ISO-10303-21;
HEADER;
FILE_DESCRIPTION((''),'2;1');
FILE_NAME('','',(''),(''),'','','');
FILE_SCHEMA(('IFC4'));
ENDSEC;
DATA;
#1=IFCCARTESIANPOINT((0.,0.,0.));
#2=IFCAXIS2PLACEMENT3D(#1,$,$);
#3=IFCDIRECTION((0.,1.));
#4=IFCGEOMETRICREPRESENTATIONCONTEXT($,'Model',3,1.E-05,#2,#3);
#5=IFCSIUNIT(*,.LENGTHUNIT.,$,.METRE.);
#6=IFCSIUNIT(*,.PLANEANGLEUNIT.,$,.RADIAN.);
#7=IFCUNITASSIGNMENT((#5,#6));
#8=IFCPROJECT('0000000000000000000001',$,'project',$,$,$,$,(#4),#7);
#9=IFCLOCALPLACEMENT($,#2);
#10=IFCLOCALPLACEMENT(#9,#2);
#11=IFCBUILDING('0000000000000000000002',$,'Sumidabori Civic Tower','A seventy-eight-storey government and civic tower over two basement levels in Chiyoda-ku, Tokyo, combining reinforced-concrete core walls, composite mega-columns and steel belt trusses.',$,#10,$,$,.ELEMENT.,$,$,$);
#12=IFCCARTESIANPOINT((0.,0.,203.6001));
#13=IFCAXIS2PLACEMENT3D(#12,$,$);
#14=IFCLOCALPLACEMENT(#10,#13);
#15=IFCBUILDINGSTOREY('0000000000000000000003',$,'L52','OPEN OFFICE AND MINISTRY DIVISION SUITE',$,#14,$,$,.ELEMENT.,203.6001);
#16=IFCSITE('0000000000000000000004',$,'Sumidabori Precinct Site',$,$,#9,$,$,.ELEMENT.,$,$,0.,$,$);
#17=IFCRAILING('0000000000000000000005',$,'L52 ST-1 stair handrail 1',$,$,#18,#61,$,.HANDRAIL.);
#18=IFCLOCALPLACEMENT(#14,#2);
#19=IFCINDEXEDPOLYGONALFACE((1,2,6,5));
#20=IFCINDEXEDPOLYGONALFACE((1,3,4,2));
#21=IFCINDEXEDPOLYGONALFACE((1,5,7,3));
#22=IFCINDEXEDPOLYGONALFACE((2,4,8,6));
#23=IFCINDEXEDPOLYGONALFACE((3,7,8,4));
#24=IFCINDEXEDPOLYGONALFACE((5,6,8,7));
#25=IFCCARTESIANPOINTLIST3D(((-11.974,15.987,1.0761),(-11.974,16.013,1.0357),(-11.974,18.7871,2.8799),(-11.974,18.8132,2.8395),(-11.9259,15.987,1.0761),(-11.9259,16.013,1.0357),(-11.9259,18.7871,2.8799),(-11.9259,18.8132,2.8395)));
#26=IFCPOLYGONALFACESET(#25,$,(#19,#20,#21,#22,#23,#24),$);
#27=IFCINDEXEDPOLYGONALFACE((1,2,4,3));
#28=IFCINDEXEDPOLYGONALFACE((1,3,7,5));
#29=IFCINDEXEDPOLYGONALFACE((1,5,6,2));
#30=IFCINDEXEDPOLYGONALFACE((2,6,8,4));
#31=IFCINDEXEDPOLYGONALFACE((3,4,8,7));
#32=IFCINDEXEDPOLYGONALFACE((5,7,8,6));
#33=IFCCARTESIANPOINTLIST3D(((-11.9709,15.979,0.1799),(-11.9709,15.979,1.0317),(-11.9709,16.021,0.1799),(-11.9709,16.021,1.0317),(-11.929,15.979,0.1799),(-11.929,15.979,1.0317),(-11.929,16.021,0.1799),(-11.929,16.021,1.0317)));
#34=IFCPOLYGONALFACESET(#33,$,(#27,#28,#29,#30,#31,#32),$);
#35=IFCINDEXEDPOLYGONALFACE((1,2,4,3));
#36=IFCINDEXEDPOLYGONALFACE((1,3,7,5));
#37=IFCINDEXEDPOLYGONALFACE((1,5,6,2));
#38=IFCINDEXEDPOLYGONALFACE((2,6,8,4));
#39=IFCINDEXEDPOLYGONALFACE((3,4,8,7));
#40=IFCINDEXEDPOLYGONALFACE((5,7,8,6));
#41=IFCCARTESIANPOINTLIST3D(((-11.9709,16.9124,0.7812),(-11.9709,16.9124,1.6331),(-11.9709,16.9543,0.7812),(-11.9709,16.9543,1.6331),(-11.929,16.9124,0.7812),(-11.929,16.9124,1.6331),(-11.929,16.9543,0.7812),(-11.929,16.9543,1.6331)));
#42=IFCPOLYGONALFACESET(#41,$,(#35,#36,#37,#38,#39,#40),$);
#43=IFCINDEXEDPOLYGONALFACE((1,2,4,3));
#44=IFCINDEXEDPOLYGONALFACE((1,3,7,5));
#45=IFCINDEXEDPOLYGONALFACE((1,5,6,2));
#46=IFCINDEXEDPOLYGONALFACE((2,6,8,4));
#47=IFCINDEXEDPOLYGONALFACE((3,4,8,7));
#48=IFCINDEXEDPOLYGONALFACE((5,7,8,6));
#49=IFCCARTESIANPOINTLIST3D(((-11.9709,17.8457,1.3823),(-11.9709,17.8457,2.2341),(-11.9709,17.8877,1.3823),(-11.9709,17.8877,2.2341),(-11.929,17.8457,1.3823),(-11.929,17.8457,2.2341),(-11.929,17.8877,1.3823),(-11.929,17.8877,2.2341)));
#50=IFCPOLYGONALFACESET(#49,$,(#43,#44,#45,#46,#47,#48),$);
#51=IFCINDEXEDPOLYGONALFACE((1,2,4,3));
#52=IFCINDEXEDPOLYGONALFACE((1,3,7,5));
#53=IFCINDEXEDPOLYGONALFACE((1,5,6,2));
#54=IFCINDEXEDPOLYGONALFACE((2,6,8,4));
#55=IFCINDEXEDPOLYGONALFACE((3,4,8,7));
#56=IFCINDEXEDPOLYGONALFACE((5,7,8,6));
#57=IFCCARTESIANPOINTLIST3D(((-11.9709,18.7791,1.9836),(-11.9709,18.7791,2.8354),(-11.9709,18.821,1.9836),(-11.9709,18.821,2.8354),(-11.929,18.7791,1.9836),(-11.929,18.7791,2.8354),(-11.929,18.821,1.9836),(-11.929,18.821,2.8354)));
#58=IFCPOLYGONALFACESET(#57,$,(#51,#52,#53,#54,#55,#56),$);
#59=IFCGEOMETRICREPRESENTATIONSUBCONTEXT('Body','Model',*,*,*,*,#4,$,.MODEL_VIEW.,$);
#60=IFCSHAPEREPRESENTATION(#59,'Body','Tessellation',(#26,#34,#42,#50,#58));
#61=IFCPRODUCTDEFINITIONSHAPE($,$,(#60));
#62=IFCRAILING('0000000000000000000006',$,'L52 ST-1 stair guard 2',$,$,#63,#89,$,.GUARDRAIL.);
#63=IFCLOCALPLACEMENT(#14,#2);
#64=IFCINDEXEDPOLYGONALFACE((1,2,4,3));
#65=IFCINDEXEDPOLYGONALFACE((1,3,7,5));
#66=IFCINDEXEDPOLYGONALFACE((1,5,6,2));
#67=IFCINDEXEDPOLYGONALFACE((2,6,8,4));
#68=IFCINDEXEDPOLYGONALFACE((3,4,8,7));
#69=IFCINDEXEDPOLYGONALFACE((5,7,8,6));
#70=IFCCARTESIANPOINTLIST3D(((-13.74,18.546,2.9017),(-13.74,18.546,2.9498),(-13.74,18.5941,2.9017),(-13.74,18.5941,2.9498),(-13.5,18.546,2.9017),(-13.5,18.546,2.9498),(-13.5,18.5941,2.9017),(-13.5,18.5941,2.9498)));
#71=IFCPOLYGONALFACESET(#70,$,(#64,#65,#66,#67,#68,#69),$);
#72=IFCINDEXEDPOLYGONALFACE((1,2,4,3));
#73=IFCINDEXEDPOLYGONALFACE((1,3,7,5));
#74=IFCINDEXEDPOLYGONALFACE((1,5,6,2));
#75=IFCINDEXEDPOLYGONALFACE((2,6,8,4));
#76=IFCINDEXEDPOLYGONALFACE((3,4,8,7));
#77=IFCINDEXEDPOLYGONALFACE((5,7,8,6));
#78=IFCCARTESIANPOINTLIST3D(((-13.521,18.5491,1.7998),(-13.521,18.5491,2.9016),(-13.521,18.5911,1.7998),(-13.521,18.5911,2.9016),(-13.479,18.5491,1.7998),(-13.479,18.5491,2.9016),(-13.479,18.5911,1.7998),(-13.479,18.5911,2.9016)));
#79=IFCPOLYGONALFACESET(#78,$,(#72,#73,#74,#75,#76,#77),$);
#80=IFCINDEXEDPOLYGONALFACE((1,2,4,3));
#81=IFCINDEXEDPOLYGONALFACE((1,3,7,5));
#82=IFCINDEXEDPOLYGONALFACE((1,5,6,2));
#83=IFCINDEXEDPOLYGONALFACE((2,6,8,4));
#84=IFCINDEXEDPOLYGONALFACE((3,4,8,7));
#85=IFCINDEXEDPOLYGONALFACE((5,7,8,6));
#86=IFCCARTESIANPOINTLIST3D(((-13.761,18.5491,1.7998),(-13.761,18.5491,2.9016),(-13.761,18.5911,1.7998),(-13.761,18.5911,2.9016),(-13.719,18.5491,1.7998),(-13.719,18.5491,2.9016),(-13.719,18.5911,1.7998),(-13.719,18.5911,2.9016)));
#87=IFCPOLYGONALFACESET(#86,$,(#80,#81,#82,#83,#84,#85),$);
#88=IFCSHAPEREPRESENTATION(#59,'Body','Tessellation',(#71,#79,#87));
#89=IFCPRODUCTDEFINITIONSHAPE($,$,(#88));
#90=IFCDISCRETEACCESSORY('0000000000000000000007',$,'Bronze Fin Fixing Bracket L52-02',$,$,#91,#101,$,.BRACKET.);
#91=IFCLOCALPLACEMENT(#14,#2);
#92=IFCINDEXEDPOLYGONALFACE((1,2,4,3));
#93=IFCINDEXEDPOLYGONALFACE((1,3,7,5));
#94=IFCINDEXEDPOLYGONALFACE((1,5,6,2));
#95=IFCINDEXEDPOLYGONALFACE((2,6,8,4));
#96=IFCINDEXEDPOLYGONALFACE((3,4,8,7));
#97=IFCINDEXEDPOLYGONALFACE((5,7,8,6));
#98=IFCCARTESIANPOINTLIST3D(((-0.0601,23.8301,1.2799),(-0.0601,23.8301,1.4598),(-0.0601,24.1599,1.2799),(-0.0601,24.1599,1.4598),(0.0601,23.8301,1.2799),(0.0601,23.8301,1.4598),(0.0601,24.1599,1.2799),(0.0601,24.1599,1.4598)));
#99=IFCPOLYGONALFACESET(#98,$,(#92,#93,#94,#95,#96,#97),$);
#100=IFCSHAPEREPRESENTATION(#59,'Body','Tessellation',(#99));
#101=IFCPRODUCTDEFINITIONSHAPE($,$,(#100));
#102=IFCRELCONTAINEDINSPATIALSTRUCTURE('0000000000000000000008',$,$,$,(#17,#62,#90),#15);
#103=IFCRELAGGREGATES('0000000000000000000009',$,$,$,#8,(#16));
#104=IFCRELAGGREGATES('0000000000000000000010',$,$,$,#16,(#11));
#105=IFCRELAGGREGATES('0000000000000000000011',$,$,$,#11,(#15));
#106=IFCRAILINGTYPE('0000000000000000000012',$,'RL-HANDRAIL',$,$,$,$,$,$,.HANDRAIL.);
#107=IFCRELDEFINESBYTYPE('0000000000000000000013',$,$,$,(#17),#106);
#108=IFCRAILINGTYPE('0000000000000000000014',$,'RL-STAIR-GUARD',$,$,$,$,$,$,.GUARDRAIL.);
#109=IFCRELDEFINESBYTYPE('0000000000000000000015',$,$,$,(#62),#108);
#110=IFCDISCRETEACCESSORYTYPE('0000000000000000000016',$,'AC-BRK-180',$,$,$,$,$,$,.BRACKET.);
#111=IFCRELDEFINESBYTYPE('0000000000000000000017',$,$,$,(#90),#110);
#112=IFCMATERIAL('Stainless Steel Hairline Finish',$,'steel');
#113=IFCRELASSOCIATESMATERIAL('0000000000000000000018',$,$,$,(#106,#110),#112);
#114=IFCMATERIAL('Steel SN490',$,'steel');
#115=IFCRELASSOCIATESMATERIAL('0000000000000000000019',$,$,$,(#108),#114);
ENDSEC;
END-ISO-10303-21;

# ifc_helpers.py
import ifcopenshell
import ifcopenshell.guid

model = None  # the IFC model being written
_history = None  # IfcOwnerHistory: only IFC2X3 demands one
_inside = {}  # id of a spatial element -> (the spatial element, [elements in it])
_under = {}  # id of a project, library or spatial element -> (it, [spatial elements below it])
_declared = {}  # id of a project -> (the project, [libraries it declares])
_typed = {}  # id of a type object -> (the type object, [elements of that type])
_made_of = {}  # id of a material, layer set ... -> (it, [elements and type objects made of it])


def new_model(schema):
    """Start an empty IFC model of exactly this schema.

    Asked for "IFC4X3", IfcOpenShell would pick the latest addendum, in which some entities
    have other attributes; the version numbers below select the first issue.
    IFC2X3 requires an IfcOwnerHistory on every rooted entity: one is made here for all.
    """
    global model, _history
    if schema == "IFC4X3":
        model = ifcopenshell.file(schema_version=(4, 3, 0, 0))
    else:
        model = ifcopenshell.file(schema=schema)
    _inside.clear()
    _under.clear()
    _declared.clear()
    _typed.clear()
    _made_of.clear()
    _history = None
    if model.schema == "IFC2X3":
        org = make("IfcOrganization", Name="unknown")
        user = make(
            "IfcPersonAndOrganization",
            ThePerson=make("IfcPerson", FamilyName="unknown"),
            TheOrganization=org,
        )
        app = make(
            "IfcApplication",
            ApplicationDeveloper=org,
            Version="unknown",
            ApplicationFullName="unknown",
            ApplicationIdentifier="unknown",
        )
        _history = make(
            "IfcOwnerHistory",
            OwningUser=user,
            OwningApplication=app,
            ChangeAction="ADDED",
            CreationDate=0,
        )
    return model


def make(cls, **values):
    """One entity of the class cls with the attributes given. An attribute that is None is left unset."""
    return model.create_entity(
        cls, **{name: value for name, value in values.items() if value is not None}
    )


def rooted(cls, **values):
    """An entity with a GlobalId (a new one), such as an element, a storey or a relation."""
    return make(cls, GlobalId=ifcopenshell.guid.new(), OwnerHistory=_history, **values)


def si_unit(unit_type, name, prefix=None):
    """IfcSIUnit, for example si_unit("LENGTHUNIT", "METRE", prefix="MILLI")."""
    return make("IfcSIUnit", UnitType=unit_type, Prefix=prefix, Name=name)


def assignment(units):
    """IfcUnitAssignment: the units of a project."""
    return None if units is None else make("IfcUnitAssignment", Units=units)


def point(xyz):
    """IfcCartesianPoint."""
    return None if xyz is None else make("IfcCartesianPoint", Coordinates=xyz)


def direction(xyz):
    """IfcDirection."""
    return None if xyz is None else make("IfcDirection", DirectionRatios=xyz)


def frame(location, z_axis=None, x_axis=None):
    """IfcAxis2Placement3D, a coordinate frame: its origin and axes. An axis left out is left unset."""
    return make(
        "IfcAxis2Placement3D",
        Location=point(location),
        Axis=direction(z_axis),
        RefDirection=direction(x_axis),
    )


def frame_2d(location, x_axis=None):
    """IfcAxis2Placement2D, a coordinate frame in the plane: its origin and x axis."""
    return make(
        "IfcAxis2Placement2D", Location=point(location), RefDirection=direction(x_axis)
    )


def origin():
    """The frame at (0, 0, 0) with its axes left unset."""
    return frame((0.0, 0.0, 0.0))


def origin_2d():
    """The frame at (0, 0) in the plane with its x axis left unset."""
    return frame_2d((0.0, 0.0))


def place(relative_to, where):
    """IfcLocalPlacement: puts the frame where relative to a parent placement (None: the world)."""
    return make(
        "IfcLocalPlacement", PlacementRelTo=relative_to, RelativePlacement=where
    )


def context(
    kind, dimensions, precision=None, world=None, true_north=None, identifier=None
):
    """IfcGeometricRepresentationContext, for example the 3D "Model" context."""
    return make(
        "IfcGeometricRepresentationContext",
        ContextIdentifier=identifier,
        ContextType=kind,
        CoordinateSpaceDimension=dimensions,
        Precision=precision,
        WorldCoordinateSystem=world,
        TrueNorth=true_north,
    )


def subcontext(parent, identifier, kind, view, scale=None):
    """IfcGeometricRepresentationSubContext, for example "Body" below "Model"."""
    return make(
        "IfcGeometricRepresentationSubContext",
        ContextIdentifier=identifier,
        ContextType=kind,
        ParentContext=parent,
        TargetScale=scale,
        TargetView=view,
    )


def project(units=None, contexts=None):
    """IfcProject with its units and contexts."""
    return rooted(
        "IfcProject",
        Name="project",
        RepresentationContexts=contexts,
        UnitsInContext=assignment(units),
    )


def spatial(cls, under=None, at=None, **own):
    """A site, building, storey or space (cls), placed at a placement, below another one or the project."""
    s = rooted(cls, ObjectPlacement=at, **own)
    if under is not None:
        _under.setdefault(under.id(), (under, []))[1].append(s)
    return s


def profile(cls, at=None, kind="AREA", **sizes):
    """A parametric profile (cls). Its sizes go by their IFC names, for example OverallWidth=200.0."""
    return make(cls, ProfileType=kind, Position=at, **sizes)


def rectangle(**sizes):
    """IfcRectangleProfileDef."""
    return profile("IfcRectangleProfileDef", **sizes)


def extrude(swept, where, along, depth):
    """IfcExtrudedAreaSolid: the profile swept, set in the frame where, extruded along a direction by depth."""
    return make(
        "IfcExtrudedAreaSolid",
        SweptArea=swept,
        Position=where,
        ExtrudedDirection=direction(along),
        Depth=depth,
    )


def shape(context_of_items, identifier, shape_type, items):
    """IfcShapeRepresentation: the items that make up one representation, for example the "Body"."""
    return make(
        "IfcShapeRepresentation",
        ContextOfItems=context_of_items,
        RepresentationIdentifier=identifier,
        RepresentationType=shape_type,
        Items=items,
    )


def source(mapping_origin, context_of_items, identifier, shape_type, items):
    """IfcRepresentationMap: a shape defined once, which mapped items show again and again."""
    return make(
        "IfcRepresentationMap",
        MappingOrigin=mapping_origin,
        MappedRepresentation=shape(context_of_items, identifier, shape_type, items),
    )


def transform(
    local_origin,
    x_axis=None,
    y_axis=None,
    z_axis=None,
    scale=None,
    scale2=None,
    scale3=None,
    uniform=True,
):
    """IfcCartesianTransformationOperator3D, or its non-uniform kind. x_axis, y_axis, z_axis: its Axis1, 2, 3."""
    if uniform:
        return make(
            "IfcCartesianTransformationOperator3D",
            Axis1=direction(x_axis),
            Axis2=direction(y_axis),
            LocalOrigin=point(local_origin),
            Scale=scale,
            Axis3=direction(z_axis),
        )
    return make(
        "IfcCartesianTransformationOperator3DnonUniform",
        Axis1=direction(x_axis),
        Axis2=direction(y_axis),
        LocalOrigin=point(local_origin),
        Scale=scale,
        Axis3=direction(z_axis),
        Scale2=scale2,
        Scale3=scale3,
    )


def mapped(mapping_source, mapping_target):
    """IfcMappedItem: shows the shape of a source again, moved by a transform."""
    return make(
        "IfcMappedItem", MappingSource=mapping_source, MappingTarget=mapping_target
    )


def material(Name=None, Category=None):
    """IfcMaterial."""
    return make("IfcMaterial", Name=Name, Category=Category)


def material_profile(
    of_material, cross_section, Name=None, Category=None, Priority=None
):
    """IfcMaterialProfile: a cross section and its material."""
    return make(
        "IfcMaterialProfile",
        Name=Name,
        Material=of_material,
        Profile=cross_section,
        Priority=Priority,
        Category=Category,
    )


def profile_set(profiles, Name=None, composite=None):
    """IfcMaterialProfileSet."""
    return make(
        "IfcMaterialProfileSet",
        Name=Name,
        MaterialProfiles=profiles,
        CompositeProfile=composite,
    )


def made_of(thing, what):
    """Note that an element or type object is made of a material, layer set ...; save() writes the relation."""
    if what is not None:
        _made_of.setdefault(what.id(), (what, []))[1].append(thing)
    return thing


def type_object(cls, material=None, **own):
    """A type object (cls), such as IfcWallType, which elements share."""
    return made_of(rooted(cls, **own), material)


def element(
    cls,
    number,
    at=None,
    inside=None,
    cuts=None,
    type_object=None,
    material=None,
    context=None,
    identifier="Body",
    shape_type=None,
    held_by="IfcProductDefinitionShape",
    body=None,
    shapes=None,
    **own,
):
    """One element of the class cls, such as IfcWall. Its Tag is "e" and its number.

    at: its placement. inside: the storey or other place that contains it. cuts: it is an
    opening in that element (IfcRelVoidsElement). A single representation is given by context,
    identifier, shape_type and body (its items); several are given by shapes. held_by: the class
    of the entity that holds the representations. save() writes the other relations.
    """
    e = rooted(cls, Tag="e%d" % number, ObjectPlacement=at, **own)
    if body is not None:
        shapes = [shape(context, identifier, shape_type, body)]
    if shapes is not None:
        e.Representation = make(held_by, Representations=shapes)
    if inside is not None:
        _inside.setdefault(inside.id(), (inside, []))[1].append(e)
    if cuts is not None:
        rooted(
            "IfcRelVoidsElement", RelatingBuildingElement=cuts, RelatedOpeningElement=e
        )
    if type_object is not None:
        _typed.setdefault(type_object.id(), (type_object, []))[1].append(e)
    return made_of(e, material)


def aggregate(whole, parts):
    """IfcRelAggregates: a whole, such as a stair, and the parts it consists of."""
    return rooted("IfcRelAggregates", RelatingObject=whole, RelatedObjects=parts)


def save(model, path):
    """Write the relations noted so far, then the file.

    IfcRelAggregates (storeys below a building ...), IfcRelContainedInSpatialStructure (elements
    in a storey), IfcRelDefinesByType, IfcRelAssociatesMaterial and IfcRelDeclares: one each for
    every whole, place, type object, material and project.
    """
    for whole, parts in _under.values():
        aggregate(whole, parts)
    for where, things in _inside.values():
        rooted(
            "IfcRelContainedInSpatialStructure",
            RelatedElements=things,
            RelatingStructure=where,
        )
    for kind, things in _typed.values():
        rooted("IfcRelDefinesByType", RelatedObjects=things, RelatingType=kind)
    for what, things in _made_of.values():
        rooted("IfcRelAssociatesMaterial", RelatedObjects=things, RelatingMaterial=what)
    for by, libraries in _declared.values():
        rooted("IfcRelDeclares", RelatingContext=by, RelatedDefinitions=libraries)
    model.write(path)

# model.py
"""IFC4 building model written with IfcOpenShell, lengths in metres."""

from ifc_helpers import new_model, si_unit, direction, frame, origin, origin_2d, place, context, subcontext, project, spatial, rectangle, extrude, source, transform, mapped, material, material_profile, profile_set, type_object, element, save


model = new_model("IFC4")

# Units and contexts
model_context = context("Model", 3, precision=1e-05, world=origin(), true_north=direction((0.0, 1.0)))
body_context = subcontext(model_context, "Body", "Model", "MODEL_VIEW")
ifc_project = project(units=[si_unit("LENGTHUNIT", "METRE"), si_unit("PLANEANGLEUNIT", "RADIAN")], contexts=[model_context])

# Site, building, storey
site_placement = place(None, origin())
site = spatial("IfcSite", under=ifc_project, at=site_placement, Name="Sumidabori Precinct Site", CompositionType="ELEMENT", RefElevation=0.0)
building_placement = place(site_placement, origin())
building = spatial("IfcBuilding", under=site, at=building_placement, Name="Sumidabori Civic Tower", Description="A seventy-eight-storey government and civic tower over two basement levels in Chiyoda-ku, Tokyo, combining reinforced-concrete core walls, composite mega-columns and steel belt trusses.", CompositionType="ELEMENT")
storey_placement = place(building_placement, frame((0.0, 0.0, 203.6001)))
storey = spatial("IfcBuildingStorey", under=building, at=storey_placement, Name="L52", Description="OPEN OFFICE AND MINISTRY DIVISION SUITE", CompositionType="ELEMENT", Elevation=203.6001)

# Railings
ifc_material_1 = material(Name="Stainless Steel Hairline Finish", Category="steel")
railing_type_1 = type_object("IfcRailingType", Name="RL-HANDRAIL", PredefinedType="HANDRAIL", material=ifc_material_1)
railing_1_placement = place(storey_placement, frame((-11.95, 16.0, 0.1799)))
element("IfcRailing", 1, at=railing_1_placement, inside=storey, type_object=railing_type_1, Name="L52 ST-1 stair handrail 1", PredefinedType="HANDRAIL", context=body_context, shape_type="SweptSolid", body=[
    extrude(rectangle(XDim=0.0481, YDim=0.0481, at=origin_2d()), frame((0.0, 0.0, 0.876), z_axis=(0.0, 0.840676, 0.541539), x_axis=(-1.0, 0.0, 0.0)), (0.0, 0.0, 1.0), 3.3308),
    extrude(rectangle(XDim=0.042, YDim=0.042, at=origin_2d()), origin(), (0.0, 0.0, 1.0), 0.8518),
    extrude(rectangle(XDim=0.042, YDim=0.042, at=origin_2d()), frame((0.0, 0.9333, 0.6013)), (0.0, 0.0, 1.0), 0.8518),
    extrude(rectangle(XDim=0.042, YDim=0.042, at=origin_2d()), frame((0.0, 1.8667, 1.2024)), (0.0, 0.0, 1.0), 0.8518),
    extrude(rectangle(XDim=0.042, YDim=0.042, at=origin_2d()), frame((0.0, 2.8, 1.8037)), (0.0, 0.0, 1.0), 0.8518),
])
ifc_material_2 = material(Name="Steel SN490", Category="steel")
railing_type_2 = type_object("IfcRailingType", Name="RL-STAIR-GUARD", PredefinedType="GUARDRAIL", material=ifc_material_2)
railing_2_placement = place(storey_placement, frame((-13.5, 18.5701, 1.7998)))
element("IfcRailing", 2, at=railing_2_placement, inside=storey, type_object=railing_type_2, Name="L52 ST-1 stair guard 2", PredefinedType="GUARDRAIL", context=body_context, shape_type="SweptSolid", body=[
    extrude(rectangle(XDim=0.0481, YDim=0.0481, at=origin_2d()), frame((0.0, 0.0, 1.126), z_axis=(-1.0, 0.0, 0.0), x_axis=(0.0, -1.0, 0.0)), (0.0, 0.0, 1.0), 0.24),
    extrude(rectangle(XDim=0.042, YDim=0.042, at=origin_2d()), origin(), (0.0, 0.0, 1.0), 1.1018),
    extrude(rectangle(XDim=0.042, YDim=0.042, at=origin_2d()), frame((-0.24, 0.0, 0.0)), (0.0, 0.0, 1.0), 1.1018),
])

# Discrete accessory
ifc_material_profile_1 = material_profile(ifc_material_1, rectangle(XDim=0.1201, YDim=0.1799, at=origin_2d()), Name="STEEL BRACKET 180x120")
ifc_profile_set_1 = profile_set([ifc_material_profile_1], Name="Stainless Steel Hairline Finish")
discrete_accessory_type = type_object("IfcDiscreteAccessoryType", Name="AC-BRK-180", PredefinedType="BRACKET", material=ifc_profile_set_1)
shared_shape_1 = source(origin(), body_context, "Body", "SweptSolid", [
    extrude(rectangle(XDim=0.1201, YDim=0.1799, at=origin_2d()), origin(), (0.0, 0.0, 1.0), 0.3298),
])
discrete_accessory_placement = place(storey_placement, frame((0.0, 23.8301, 1.3699), z_axis=(0.0, 1.0, 0.0), x_axis=(-1.0, 0.0, 0.0)))
element("IfcDiscreteAccessory", 3, at=discrete_accessory_placement, inside=storey, type_object=discrete_accessory_type, Name="Bronze Fin Fixing Bracket L52-02", PredefinedType="BRACKET", context=body_context, shape_type="MappedRepresentation", body=[
    mapped(shared_shape_1, transform((0.0, 0.0, 0.0), x_axis=(1.0, 0.0, 0.0), y_axis=(0.0, 1.0, 0.0), z_axis=(0.0, 0.0, 1.0), scale=1.0)),
])

save(model, "model.ifc")
